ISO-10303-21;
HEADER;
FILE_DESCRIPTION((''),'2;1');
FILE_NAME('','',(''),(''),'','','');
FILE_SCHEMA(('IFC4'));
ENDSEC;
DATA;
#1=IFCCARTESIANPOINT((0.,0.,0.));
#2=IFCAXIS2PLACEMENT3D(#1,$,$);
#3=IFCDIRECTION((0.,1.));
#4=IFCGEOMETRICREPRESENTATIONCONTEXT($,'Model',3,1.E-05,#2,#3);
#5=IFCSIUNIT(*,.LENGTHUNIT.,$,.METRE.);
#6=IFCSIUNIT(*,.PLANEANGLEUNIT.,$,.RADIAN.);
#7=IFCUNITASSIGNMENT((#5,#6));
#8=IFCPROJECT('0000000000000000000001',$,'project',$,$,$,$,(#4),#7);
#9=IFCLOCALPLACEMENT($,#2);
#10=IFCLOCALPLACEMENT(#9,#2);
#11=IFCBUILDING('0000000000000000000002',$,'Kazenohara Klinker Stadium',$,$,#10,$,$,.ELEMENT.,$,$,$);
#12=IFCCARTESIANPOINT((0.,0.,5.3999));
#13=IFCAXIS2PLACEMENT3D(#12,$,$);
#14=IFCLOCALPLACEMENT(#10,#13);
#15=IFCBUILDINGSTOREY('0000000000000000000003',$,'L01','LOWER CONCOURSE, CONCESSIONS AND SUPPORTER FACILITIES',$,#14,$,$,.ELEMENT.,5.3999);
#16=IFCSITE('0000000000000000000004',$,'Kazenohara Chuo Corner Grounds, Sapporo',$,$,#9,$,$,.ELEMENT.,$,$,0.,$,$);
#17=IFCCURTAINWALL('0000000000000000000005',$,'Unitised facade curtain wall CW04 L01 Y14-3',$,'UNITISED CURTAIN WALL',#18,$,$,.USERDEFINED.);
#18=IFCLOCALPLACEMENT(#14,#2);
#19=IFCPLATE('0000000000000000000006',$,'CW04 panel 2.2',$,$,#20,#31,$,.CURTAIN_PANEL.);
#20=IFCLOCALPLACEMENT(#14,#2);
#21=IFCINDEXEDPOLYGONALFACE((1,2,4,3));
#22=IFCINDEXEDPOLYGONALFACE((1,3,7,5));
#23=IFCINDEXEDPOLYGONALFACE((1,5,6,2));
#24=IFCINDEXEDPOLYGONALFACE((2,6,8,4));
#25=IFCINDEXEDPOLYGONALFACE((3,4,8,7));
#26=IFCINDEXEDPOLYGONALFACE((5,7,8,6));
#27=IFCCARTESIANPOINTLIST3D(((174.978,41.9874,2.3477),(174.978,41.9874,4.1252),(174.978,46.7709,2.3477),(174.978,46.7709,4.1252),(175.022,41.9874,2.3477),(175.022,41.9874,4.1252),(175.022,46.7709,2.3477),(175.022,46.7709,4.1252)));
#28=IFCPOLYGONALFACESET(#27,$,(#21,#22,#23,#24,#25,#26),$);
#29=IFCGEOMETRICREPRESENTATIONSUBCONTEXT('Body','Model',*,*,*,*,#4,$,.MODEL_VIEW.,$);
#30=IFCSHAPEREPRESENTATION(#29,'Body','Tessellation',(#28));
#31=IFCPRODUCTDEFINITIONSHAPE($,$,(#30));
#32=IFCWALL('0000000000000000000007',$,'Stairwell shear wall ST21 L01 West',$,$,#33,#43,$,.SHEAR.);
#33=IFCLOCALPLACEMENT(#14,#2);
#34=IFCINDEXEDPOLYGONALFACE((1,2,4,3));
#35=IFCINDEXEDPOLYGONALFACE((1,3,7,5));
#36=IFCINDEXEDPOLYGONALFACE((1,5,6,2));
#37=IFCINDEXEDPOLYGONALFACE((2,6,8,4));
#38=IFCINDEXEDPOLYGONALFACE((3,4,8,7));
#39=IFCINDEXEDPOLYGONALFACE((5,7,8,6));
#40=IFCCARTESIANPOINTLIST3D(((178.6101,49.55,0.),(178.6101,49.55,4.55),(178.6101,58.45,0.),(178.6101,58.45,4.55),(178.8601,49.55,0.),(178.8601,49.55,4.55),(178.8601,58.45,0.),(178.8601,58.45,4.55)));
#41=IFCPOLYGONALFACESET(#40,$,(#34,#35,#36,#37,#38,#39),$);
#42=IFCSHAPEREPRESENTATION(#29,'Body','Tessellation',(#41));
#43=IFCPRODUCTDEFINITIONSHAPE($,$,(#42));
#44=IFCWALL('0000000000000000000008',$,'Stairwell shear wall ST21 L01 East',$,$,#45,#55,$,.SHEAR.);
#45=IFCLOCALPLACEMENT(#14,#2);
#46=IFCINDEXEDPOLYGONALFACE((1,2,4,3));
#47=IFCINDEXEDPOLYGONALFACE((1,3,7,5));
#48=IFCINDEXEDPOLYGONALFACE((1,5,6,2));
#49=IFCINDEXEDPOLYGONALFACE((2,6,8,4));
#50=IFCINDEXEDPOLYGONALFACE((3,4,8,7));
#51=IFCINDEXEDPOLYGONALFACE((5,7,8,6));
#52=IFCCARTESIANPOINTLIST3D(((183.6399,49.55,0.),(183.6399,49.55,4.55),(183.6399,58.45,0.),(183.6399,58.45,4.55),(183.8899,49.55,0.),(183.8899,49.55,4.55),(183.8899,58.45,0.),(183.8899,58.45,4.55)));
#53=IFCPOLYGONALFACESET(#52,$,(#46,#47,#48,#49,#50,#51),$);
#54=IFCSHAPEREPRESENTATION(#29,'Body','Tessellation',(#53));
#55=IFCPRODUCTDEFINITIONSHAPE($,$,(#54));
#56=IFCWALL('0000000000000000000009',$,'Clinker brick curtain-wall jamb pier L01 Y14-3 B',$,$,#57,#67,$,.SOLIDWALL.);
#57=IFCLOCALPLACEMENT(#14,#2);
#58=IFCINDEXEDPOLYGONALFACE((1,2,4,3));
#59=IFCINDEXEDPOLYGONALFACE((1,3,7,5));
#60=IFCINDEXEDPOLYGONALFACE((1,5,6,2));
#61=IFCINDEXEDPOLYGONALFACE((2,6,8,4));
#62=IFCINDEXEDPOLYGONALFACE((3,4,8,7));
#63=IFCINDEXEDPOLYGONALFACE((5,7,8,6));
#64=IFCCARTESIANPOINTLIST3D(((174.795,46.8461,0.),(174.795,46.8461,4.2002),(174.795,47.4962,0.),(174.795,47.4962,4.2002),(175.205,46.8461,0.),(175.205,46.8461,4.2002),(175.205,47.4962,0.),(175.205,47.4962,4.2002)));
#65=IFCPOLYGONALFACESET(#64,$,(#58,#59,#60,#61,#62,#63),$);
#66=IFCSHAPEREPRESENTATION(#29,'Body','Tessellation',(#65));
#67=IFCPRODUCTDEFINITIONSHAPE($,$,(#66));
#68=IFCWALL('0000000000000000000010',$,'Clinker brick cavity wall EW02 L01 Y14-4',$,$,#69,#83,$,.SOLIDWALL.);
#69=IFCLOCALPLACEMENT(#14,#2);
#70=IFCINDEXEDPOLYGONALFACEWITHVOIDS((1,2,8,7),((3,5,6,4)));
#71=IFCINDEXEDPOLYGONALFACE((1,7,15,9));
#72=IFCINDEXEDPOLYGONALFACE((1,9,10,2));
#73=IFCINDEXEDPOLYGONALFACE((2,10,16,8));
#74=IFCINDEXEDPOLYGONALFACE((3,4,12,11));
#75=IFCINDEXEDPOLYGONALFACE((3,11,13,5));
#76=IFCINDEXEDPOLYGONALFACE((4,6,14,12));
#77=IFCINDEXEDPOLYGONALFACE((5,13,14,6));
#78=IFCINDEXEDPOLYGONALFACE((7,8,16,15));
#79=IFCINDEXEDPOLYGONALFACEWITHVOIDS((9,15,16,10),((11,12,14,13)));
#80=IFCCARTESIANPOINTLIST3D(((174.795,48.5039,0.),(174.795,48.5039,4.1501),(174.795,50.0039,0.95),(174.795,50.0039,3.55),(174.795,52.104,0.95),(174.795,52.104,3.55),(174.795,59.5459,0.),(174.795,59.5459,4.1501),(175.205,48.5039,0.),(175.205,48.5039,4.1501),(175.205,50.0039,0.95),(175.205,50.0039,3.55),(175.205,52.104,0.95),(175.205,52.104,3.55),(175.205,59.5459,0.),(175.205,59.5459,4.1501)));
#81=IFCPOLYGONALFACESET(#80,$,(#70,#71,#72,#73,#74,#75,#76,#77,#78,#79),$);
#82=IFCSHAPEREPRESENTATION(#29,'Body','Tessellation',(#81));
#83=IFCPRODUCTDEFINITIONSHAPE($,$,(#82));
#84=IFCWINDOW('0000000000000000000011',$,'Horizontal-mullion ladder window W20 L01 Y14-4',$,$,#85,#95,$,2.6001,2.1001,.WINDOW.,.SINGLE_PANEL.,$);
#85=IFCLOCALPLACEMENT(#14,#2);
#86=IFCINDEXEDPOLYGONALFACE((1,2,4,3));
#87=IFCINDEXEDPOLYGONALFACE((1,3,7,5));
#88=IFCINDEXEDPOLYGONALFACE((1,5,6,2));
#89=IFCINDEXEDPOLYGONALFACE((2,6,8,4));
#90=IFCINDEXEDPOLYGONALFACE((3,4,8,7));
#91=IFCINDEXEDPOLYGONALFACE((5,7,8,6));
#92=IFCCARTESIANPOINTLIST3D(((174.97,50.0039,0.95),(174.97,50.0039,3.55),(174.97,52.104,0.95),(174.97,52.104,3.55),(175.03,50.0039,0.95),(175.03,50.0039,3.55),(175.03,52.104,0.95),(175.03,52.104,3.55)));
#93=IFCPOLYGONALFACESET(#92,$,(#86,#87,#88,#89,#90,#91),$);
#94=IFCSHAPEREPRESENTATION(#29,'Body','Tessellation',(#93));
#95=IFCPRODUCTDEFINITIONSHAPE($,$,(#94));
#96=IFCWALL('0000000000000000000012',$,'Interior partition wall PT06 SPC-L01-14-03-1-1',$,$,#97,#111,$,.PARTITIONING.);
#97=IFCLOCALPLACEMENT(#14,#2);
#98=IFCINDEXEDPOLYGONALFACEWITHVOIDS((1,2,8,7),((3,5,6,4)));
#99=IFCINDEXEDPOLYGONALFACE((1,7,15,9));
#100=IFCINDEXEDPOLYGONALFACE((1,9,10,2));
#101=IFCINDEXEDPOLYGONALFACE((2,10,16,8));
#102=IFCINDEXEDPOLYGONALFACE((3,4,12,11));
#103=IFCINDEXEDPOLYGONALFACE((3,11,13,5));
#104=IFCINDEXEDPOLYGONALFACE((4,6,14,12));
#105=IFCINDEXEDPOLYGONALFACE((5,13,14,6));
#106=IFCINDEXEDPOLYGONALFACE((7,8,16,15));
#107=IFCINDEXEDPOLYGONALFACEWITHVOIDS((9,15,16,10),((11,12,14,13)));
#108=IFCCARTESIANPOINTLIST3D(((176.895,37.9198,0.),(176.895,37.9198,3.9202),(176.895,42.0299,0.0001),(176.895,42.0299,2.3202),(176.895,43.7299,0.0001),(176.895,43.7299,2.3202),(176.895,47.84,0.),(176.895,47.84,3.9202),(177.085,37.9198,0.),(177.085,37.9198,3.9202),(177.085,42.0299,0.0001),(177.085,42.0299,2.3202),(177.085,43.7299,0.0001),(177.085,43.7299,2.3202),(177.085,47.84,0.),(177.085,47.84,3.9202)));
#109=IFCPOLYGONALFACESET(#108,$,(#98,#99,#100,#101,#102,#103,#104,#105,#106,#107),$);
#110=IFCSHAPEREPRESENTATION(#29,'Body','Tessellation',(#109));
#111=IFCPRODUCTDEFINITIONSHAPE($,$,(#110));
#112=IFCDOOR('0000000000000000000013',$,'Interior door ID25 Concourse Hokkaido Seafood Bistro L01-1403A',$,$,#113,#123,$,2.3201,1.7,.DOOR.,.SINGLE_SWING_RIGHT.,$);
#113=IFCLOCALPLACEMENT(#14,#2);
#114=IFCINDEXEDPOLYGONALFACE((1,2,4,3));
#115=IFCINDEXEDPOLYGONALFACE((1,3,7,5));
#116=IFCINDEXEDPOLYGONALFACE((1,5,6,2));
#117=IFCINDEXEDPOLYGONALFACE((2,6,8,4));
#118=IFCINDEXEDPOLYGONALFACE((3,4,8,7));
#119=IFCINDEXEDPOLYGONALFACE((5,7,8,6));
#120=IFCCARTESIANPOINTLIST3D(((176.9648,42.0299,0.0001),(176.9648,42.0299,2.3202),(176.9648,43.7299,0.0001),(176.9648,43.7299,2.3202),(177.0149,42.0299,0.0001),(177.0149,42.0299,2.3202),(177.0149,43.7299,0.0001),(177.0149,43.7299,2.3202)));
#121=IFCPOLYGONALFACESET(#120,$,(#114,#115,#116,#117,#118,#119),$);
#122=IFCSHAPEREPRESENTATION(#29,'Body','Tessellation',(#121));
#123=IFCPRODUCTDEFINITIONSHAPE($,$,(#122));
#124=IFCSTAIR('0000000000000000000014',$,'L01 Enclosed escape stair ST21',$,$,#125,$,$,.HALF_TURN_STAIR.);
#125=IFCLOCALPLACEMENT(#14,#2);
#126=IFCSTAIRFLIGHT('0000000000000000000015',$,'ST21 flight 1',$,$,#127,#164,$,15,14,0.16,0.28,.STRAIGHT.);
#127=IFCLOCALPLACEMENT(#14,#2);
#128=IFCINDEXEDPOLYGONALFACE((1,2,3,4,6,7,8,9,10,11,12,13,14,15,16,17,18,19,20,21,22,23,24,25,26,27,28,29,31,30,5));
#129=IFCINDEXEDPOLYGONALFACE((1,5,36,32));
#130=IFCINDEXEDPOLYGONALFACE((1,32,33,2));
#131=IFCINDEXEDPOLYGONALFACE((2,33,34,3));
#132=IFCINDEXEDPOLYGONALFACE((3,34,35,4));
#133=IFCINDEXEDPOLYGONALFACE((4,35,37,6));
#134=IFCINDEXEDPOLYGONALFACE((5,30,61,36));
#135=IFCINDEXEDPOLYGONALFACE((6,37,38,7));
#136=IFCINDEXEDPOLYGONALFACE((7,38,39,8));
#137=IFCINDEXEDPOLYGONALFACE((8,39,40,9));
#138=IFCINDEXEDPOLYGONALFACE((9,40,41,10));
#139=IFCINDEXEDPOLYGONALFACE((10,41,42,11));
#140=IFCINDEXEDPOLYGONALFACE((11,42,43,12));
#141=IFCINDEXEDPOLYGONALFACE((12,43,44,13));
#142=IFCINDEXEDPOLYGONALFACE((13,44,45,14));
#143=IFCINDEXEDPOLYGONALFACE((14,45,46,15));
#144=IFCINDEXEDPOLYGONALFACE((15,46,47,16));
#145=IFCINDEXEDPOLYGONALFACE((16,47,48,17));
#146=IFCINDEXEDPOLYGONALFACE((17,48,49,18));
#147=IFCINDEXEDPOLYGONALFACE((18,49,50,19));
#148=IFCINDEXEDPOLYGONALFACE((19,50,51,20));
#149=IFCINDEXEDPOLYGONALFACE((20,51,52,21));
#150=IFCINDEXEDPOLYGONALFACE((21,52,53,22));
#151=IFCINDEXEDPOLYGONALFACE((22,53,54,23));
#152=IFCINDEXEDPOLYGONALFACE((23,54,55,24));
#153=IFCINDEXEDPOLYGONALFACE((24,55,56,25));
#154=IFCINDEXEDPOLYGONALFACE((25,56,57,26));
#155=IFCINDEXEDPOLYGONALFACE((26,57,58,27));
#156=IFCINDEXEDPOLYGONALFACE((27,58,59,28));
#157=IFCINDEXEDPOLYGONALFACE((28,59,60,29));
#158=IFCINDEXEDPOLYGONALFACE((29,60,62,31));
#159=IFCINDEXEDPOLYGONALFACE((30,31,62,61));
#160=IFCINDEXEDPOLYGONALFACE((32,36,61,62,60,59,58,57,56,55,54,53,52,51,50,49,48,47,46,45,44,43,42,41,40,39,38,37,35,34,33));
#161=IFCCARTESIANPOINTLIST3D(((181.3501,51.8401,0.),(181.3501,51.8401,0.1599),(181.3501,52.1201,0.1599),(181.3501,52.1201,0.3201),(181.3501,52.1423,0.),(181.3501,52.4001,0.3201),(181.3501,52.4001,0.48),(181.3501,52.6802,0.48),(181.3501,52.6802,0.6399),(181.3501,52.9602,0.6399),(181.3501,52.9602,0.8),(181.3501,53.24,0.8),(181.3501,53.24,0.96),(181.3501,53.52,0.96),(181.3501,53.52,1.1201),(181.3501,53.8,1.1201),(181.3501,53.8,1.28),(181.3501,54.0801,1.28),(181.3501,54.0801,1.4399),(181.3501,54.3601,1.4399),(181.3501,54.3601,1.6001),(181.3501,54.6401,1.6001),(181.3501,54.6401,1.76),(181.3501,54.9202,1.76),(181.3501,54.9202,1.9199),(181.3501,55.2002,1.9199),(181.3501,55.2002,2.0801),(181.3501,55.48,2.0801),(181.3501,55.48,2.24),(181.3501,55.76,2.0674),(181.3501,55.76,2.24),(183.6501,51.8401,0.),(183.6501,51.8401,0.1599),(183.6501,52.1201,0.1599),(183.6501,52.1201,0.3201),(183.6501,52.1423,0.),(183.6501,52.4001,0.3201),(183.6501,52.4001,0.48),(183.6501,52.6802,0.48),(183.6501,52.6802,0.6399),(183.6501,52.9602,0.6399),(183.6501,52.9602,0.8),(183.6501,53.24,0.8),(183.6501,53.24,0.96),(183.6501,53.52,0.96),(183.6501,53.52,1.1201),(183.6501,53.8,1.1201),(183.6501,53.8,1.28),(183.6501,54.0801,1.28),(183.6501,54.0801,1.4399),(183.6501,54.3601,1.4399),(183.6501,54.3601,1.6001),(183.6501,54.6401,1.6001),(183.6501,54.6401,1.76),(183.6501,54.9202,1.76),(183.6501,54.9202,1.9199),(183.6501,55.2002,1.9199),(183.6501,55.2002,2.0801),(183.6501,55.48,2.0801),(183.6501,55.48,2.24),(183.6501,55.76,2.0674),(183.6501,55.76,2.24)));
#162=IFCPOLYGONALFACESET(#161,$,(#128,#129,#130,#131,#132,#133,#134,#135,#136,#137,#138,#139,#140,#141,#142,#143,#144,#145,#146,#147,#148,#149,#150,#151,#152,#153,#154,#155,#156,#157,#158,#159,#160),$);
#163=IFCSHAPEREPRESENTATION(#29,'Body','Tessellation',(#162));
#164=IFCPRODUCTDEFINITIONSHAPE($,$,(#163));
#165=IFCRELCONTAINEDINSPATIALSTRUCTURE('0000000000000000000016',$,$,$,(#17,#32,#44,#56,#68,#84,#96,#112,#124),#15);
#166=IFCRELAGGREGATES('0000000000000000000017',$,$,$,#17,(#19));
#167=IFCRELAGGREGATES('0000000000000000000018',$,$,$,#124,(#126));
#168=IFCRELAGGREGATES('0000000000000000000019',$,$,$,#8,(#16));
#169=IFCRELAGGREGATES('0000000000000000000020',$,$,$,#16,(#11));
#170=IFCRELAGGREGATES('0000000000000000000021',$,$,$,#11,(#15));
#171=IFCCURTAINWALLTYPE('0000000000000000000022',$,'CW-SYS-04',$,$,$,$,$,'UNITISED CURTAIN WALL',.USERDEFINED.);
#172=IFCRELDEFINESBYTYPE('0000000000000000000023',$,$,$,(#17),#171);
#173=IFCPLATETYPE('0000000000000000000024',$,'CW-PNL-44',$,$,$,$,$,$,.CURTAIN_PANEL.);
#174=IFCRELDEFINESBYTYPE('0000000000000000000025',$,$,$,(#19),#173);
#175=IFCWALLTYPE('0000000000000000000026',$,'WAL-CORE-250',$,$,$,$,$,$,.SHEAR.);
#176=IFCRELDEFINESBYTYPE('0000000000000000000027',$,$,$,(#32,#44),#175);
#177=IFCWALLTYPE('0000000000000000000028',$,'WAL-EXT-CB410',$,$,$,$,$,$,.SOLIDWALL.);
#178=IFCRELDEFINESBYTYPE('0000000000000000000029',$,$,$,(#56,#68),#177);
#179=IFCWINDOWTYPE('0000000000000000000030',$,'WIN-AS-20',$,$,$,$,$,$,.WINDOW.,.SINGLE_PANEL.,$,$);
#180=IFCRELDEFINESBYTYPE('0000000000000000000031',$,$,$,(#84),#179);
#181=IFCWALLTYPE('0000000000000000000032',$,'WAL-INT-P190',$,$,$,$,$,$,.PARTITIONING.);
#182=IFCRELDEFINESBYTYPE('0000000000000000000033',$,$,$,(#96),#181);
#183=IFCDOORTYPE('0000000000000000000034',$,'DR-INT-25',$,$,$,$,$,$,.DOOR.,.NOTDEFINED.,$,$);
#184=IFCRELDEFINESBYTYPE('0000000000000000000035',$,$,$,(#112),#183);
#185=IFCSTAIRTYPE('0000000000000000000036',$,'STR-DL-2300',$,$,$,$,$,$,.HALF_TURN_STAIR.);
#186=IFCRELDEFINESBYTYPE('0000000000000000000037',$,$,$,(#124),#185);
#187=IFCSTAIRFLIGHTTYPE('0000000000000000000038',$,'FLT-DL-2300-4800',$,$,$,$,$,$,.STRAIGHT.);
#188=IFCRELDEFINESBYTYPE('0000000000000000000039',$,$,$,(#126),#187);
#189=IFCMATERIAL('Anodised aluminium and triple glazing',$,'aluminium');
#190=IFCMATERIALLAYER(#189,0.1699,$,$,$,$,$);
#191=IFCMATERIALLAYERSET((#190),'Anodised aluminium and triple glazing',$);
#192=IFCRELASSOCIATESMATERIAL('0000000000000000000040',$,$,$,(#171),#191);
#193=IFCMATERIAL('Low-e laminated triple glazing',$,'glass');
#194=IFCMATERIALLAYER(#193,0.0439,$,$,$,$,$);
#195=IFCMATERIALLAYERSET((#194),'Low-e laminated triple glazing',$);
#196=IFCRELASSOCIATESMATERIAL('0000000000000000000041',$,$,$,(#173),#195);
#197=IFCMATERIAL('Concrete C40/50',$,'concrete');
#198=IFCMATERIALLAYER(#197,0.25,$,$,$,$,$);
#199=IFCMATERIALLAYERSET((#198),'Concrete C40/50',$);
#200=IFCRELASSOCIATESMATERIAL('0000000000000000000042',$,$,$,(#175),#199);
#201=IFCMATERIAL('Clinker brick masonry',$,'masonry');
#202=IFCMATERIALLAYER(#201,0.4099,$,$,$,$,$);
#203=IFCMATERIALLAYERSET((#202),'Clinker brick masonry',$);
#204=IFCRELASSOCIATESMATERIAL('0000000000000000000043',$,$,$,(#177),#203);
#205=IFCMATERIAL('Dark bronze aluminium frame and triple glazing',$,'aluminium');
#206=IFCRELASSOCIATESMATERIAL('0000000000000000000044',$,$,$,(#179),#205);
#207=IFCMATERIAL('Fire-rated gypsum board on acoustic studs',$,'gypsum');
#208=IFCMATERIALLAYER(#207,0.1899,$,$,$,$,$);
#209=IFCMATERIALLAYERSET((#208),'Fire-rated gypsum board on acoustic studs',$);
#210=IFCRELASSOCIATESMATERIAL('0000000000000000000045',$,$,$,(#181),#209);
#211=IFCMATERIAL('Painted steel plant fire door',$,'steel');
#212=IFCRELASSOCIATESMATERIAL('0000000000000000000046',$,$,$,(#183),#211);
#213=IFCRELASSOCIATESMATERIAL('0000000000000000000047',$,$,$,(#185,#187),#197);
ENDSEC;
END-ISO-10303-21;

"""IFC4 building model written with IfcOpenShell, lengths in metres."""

from ifc_helpers import new_model, si_unit, direction, frame, frame_2d, origin, origin_2d, place, context, subcontext, project, spatial, polyline, rectangle, outline, extrude, material, layer, layer_set, type_object, element, fill, aggregate, save


model = new_model("IFC4")

# Units and contexts
model_context = context("Model", 3, precision=1e-05, world=origin(), true_north=direction((0.0, 1.0)))
body_context = subcontext(model_context, "Body", "Model", "MODEL_VIEW")
ifc_project = project(units=[si_unit("LENGTHUNIT", "METRE"), si_unit("PLANEANGLEUNIT", "RADIAN")], contexts=[model_context])

# Site, building, storey
site_placement = place(None, origin())
site = spatial("IfcSite", under=ifc_project, at=site_placement, Name="Kazenohara Chuo Corner Grounds, Sapporo", CompositionType="ELEMENT", RefElevation=0.0)
building_placement = place(site_placement, origin())
building = spatial("IfcBuilding", under=site, at=building_placement, Name="Kazenohara Klinker Stadium", CompositionType="ELEMENT")
storey_placement = place(building_placement, frame((0.0, 0.0, 5.3999)))
storey = spatial("IfcBuildingStorey", under=building, at=storey_placement, Name="L01", Description="LOWER CONCOURSE, CONCESSIONS AND SUPPORTER FACILITIES", CompositionType="ELEMENT", Elevation=5.3999)

# Shared definitions
ifc_material_1 = material(Name="Concrete C40/50", Category="concrete")

# Curtain wall
ifc_material_2 = material(Name="Anodised aluminium and triple glazing", Category="aluminium")
ifc_layer_1 = layer(ifc_material_2, 0.1699)
ifc_layer_set_1 = layer_set([ifc_layer_1], Name="Anodised aluminium and triple glazing")
curtain_wall_type = type_object("IfcCurtainWallType", Name="CW-SYS-04", ElementType="UNITISED CURTAIN WALL", PredefinedType="USERDEFINED", material=ifc_layer_set_1)
curtain_wall_placement = place(storey_placement, origin())
curtain_wall = element("IfcCurtainWall", 1, at=curtain_wall_placement, inside=storey, type_object=curtain_wall_type, Name="Unitised facade curtain wall CW04 L01 Y14-3", ObjectType="UNITISED CURTAIN WALL", PredefinedType="USERDEFINED")

# Plate
ifc_material_3 = material(Name="Low-e laminated triple glazing", Category="glass")
ifc_layer_2 = layer(ifc_material_3, 0.0439)
ifc_layer_set_2 = layer_set([ifc_layer_2], Name="Low-e laminated triple glazing")
plate_type = type_object("IfcPlateType", Name="CW-PNL-44", PredefinedType="CURTAIN_PANEL", material=ifc_layer_set_2)
plate_placement = place(storey_placement, frame((175.0, 44.3792, 2.3477), z_axis=(0.0, 0.0, 1.0), x_axis=(0.0, 1.0, 0.0)))
plate = element("IfcPlate", 2, at=plate_placement, type_object=plate_type, Name="CW04 panel 2.2", PredefinedType="CURTAIN_PANEL", context=body_context, shape_type="SweptSolid", body=[
    extrude(rectangle(XDim=4.7834, YDim=0.0439, at=origin_2d()), origin(), (0.0, 0.0, 1.0), 1.7776),
])
aggregate(curtain_wall, [plate])

# Shared definitions
ifc_layer_3 = layer(ifc_material_1, 0.25)
ifc_layer_set_3 = layer_set([ifc_layer_3], Name="Concrete C40/50")
wall_type_1 = type_object("IfcWallType", Name="WAL-CORE-250", PredefinedType="SHEAR", material=ifc_layer_set_3)

# Walls
for number, where, z_axis, x_axis, name in (
    (3, (178.7351, 49.55, 0.0), (0.0, 0.0, 1.0), (0.0, 1.0, 0.0), "Stairwell shear wall ST21 L01 West"),
    (4, (183.7649, 49.55, 0.0), (0.0, 0.0, 1.0), (0.0, 1.0, 0.0), "Stairwell shear wall ST21 L01 East"),
):
    element("IfcWall", number, at=place(storey_placement, frame(where, z_axis=z_axis, x_axis=x_axis)), inside=storey, type_object=wall_type_1, Name=name, PredefinedType="SHEAR", context=body_context, shape_type="SweptSolid", body=[
        extrude(rectangle(XDim=8.8999, YDim=0.25, at=frame_2d((4.45, 0.0))), origin(), (0.0, 0.0, 1.0), 4.55),
    ])
ifc_material_4 = material(Name="Clinker brick masonry", Category="masonry")
ifc_layer_4 = layer(ifc_material_4, 0.4099)
ifc_layer_set_4 = layer_set([ifc_layer_4], Name="Clinker brick masonry")
wall_type_2 = type_object("IfcWallType", Name="WAL-EXT-CB410", PredefinedType="SOLIDWALL", material=ifc_layer_set_4)
wall_1_placement = place(storey_placement, frame((175.0, 46.8459, 0.0), z_axis=(0.0, 0.0, 1.0), x_axis=(0.0, 1.0, 0.0)))
element("IfcWall", 5, at=wall_1_placement, inside=storey, type_object=wall_type_2, Name="Clinker brick curtain-wall jamb pier L01 Y14-3 B", PredefinedType="SOLIDWALL", context=body_context, shape_type="SweptSolid", body=[
    extrude(rectangle(XDim=0.6501, YDim=0.4099, at=frame_2d((0.3252, 0.0))), origin(), (0.0, 0.0, 1.0), 4.2002),
])

# Wall, opening, window
wall_2_placement = place(storey_placement, frame((175.0, 48.5039, 0.0), z_axis=(0.0, 0.0, 1.0), x_axis=(0.0, 1.0, 0.0)))
wall_2 = element("IfcWall", 6, at=wall_2_placement, inside=storey, type_object=wall_type_2, Name="Clinker brick cavity wall EW02 L01 Y14-4", PredefinedType="SOLIDWALL", context=body_context, shape_type="SweptSolid", body=[
    extrude(rectangle(XDim=11.042, YDim=0.4099, at=frame_2d((5.521, 0.0))), origin(), (0.0, 0.0, 1.0), 4.1501),
])
opening_1_placement = place(wall_2_placement, frame((1.5, 0.0, 0.95)))
opening_1 = element("IfcOpeningElement", 7, at=opening_1_placement, cuts=wall_2, PredefinedType="OPENING", context=body_context, shape_type="SweptSolid", body=[
    extrude(rectangle(XDim=2.1001, YDim=2.6001, at=frame_2d((1.05, 1.3))), frame((0.0, 0.2148, 0.0), z_axis=(0.0, -1.0, 0.0), x_axis=(1.0, 0.0, 0.0)), (0.0, 0.0, 1.0), 0.4299),
])
ifc_material_5 = material(Name="Dark bronze aluminium frame and triple glazing", Category="aluminium")
window_type = type_object("IfcWindowType", Name="WIN-AS-20", PartitioningType="SINGLE_PANEL", PredefinedType="WINDOW", material=ifc_material_5)
window_placement = place(opening_1_placement, origin())
window = element("IfcWindow", 8, at=window_placement, inside=storey, type_object=window_type, Name="Horizontal-mullion ladder window W20 L01 Y14-4", OverallHeight=2.6001, OverallWidth=2.1001, PartitioningType="SINGLE_PANEL", PredefinedType="WINDOW", context=body_context, shape_type="SweptSolid", body=[
    extrude(rectangle(XDim=2.1001, YDim=2.6001, at=frame_2d((1.05, 1.3))), frame((0.0, 0.03, 0.0), z_axis=(0.0, -1.0, 0.0), x_axis=(1.0, 0.0, 0.0)), (0.0, 0.0, 1.0), 0.0601),
])
fill(opening_1, window)

# Wall, opening, door
ifc_material_6 = material(Name="Fire-rated gypsum board on acoustic studs", Category="gypsum")
ifc_layer_5 = layer(ifc_material_6, 0.1899)
ifc_layer_set_5 = layer_set([ifc_layer_5], Name="Fire-rated gypsum board on acoustic studs")
wall_type_3 = type_object("IfcWallType", Name="WAL-INT-P190", PredefinedType="PARTITIONING", material=ifc_layer_set_5)
wall_3_placement = place(storey_placement, frame((176.99, 37.9199, 0.0), z_axis=(0.0, 0.0, 1.0), x_axis=(0.0, 1.0, 0.0)))
wall_3 = element("IfcWall", 9, at=wall_3_placement, inside=storey, type_object=wall_type_3, Name="Interior partition wall PT06 SPC-L01-14-03-1-1", PredefinedType="PARTITIONING", context=body_context, shape_type="SweptSolid", body=[
    extrude(rectangle(XDim=9.9202, YDim=0.1899, at=frame_2d((4.96, 0.0))), origin(), (0.0, 0.0, 1.0), 3.9202),
])
opening_2_placement = place(wall_3_placement, frame((5.8101, 0.0, 0.0), z_axis=(0.0, 0.0, 1.0), x_axis=(-1.0, 0.0, 0.0)))
opening_2 = element("IfcOpeningElement", 10, at=opening_2_placement, cuts=wall_3, PredefinedType="OPENING", context=body_context, shape_type="SweptSolid", body=[
    extrude(rectangle(XDim=1.7, YDim=2.3201, at=frame_2d((0.8501, 1.1602))), frame((0.0, 0.105, 0.0), z_axis=(0.0, -1.0, 0.0), x_axis=(1.0, 0.0, 0.0)), (0.0, 0.0, 1.0), 0.21),
])
ifc_material_7 = material(Name="Painted steel plant fire door", Category="steel")
door_type_1 = type_object("IfcDoorType", Name="DR-INT-25", OperationType="NOTDEFINED", PredefinedType="DOOR", material=ifc_material_7)
door_1_placement = place(opening_2_placement, origin())
door_1 = element("IfcDoor", 11, at=door_1_placement, inside=storey, type_object=door_type_1, Name="Interior door ID25 Concourse Hokkaido Seafood Bistro L01-1403A", OperationType="SINGLE_SWING_RIGHT", OverallHeight=2.3201, OverallWidth=1.7, PredefinedType="DOOR", context=body_context, shape_type="SweptSolid", body=[
    extrude(rectangle(XDim=1.7, YDim=2.3201, at=frame_2d((0.8501, 1.1602))), frame((0.0, 0.0249, 0.0), z_axis=(0.0, -1.0, 0.0), x_axis=(1.0, 0.0, 0.0)), (0.0, 0.0, 1.0), 0.05),
])
fill(opening_2, door_1)

# Stair, stair flight
stair_type = type_object("IfcStairType", Name="STR-DL-2300", PredefinedType="HALF_TURN_STAIR", material=ifc_material_1)
stair_placement = place(storey_placement, origin())
stair = element("IfcStair", 12, at=stair_placement, inside=storey, type_object=stair_type, Name="L01 Enclosed escape stair ST21", PredefinedType="HALF_TURN_STAIR")
stair_flight_type = type_object("IfcStairFlightType", Name="FLT-DL-2300-4800", PredefinedType="STRAIGHT", material=ifc_material_1)
stair_flight_placement = place(storey_placement, frame((182.5, 51.8401, 0.0), z_axis=(0.0, 0.0, 1.0), x_axis=(0.0, 1.0, 0.0)))
stair_flight = element("IfcStairFlight", 13, at=stair_flight_placement, type_object=stair_flight_type, Name="ST21 flight 1", NumberOfRisers=15, NumberOfTreads=14, PredefinedType="STRAIGHT", RiserHeight=0.16, TreadLength=0.28, context=body_context, shape_type="SweptSolid", body=[
    extrude(outline(polyline([(0.0, 0.0), (0.0, 0.1599), (0.28, 0.1599), (0.28, 0.3201), (0.5601, 0.3201), (0.5601, 0.48), (0.8401, 0.48), (0.8401, 0.6399), (1.1201, 0.6399), (1.1201, 0.8), (1.3999, 0.8), (1.3999, 0.96), (1.6799, 0.96), (1.6799, 1.1201), (1.96, 1.1201), (1.96, 1.28), (2.24, 1.28), (2.24, 1.4399), (2.52, 1.4399), (2.52, 1.6001), (2.8, 1.6001), (2.8, 1.76), (3.0801, 1.76), (3.0801, 1.9199), (3.3601, 1.9199), (3.3601, 2.0801), (3.6399, 2.0801), (3.6399, 2.24), (3.9199, 2.24), (3.9199, 2.3999), (3.9199, 2.0674), (0.3022, 0.0), (0.0, 0.0)])), frame((0.0, 1.1499, 0.0), z_axis=(0.0, -1.0, 0.0), x_axis=(1.0, 0.0, 0.0)), (0.0, 0.0, 1.0), 2.3),
])
aggregate(stair, [stair_flight])

save(model, "model.ifc")
